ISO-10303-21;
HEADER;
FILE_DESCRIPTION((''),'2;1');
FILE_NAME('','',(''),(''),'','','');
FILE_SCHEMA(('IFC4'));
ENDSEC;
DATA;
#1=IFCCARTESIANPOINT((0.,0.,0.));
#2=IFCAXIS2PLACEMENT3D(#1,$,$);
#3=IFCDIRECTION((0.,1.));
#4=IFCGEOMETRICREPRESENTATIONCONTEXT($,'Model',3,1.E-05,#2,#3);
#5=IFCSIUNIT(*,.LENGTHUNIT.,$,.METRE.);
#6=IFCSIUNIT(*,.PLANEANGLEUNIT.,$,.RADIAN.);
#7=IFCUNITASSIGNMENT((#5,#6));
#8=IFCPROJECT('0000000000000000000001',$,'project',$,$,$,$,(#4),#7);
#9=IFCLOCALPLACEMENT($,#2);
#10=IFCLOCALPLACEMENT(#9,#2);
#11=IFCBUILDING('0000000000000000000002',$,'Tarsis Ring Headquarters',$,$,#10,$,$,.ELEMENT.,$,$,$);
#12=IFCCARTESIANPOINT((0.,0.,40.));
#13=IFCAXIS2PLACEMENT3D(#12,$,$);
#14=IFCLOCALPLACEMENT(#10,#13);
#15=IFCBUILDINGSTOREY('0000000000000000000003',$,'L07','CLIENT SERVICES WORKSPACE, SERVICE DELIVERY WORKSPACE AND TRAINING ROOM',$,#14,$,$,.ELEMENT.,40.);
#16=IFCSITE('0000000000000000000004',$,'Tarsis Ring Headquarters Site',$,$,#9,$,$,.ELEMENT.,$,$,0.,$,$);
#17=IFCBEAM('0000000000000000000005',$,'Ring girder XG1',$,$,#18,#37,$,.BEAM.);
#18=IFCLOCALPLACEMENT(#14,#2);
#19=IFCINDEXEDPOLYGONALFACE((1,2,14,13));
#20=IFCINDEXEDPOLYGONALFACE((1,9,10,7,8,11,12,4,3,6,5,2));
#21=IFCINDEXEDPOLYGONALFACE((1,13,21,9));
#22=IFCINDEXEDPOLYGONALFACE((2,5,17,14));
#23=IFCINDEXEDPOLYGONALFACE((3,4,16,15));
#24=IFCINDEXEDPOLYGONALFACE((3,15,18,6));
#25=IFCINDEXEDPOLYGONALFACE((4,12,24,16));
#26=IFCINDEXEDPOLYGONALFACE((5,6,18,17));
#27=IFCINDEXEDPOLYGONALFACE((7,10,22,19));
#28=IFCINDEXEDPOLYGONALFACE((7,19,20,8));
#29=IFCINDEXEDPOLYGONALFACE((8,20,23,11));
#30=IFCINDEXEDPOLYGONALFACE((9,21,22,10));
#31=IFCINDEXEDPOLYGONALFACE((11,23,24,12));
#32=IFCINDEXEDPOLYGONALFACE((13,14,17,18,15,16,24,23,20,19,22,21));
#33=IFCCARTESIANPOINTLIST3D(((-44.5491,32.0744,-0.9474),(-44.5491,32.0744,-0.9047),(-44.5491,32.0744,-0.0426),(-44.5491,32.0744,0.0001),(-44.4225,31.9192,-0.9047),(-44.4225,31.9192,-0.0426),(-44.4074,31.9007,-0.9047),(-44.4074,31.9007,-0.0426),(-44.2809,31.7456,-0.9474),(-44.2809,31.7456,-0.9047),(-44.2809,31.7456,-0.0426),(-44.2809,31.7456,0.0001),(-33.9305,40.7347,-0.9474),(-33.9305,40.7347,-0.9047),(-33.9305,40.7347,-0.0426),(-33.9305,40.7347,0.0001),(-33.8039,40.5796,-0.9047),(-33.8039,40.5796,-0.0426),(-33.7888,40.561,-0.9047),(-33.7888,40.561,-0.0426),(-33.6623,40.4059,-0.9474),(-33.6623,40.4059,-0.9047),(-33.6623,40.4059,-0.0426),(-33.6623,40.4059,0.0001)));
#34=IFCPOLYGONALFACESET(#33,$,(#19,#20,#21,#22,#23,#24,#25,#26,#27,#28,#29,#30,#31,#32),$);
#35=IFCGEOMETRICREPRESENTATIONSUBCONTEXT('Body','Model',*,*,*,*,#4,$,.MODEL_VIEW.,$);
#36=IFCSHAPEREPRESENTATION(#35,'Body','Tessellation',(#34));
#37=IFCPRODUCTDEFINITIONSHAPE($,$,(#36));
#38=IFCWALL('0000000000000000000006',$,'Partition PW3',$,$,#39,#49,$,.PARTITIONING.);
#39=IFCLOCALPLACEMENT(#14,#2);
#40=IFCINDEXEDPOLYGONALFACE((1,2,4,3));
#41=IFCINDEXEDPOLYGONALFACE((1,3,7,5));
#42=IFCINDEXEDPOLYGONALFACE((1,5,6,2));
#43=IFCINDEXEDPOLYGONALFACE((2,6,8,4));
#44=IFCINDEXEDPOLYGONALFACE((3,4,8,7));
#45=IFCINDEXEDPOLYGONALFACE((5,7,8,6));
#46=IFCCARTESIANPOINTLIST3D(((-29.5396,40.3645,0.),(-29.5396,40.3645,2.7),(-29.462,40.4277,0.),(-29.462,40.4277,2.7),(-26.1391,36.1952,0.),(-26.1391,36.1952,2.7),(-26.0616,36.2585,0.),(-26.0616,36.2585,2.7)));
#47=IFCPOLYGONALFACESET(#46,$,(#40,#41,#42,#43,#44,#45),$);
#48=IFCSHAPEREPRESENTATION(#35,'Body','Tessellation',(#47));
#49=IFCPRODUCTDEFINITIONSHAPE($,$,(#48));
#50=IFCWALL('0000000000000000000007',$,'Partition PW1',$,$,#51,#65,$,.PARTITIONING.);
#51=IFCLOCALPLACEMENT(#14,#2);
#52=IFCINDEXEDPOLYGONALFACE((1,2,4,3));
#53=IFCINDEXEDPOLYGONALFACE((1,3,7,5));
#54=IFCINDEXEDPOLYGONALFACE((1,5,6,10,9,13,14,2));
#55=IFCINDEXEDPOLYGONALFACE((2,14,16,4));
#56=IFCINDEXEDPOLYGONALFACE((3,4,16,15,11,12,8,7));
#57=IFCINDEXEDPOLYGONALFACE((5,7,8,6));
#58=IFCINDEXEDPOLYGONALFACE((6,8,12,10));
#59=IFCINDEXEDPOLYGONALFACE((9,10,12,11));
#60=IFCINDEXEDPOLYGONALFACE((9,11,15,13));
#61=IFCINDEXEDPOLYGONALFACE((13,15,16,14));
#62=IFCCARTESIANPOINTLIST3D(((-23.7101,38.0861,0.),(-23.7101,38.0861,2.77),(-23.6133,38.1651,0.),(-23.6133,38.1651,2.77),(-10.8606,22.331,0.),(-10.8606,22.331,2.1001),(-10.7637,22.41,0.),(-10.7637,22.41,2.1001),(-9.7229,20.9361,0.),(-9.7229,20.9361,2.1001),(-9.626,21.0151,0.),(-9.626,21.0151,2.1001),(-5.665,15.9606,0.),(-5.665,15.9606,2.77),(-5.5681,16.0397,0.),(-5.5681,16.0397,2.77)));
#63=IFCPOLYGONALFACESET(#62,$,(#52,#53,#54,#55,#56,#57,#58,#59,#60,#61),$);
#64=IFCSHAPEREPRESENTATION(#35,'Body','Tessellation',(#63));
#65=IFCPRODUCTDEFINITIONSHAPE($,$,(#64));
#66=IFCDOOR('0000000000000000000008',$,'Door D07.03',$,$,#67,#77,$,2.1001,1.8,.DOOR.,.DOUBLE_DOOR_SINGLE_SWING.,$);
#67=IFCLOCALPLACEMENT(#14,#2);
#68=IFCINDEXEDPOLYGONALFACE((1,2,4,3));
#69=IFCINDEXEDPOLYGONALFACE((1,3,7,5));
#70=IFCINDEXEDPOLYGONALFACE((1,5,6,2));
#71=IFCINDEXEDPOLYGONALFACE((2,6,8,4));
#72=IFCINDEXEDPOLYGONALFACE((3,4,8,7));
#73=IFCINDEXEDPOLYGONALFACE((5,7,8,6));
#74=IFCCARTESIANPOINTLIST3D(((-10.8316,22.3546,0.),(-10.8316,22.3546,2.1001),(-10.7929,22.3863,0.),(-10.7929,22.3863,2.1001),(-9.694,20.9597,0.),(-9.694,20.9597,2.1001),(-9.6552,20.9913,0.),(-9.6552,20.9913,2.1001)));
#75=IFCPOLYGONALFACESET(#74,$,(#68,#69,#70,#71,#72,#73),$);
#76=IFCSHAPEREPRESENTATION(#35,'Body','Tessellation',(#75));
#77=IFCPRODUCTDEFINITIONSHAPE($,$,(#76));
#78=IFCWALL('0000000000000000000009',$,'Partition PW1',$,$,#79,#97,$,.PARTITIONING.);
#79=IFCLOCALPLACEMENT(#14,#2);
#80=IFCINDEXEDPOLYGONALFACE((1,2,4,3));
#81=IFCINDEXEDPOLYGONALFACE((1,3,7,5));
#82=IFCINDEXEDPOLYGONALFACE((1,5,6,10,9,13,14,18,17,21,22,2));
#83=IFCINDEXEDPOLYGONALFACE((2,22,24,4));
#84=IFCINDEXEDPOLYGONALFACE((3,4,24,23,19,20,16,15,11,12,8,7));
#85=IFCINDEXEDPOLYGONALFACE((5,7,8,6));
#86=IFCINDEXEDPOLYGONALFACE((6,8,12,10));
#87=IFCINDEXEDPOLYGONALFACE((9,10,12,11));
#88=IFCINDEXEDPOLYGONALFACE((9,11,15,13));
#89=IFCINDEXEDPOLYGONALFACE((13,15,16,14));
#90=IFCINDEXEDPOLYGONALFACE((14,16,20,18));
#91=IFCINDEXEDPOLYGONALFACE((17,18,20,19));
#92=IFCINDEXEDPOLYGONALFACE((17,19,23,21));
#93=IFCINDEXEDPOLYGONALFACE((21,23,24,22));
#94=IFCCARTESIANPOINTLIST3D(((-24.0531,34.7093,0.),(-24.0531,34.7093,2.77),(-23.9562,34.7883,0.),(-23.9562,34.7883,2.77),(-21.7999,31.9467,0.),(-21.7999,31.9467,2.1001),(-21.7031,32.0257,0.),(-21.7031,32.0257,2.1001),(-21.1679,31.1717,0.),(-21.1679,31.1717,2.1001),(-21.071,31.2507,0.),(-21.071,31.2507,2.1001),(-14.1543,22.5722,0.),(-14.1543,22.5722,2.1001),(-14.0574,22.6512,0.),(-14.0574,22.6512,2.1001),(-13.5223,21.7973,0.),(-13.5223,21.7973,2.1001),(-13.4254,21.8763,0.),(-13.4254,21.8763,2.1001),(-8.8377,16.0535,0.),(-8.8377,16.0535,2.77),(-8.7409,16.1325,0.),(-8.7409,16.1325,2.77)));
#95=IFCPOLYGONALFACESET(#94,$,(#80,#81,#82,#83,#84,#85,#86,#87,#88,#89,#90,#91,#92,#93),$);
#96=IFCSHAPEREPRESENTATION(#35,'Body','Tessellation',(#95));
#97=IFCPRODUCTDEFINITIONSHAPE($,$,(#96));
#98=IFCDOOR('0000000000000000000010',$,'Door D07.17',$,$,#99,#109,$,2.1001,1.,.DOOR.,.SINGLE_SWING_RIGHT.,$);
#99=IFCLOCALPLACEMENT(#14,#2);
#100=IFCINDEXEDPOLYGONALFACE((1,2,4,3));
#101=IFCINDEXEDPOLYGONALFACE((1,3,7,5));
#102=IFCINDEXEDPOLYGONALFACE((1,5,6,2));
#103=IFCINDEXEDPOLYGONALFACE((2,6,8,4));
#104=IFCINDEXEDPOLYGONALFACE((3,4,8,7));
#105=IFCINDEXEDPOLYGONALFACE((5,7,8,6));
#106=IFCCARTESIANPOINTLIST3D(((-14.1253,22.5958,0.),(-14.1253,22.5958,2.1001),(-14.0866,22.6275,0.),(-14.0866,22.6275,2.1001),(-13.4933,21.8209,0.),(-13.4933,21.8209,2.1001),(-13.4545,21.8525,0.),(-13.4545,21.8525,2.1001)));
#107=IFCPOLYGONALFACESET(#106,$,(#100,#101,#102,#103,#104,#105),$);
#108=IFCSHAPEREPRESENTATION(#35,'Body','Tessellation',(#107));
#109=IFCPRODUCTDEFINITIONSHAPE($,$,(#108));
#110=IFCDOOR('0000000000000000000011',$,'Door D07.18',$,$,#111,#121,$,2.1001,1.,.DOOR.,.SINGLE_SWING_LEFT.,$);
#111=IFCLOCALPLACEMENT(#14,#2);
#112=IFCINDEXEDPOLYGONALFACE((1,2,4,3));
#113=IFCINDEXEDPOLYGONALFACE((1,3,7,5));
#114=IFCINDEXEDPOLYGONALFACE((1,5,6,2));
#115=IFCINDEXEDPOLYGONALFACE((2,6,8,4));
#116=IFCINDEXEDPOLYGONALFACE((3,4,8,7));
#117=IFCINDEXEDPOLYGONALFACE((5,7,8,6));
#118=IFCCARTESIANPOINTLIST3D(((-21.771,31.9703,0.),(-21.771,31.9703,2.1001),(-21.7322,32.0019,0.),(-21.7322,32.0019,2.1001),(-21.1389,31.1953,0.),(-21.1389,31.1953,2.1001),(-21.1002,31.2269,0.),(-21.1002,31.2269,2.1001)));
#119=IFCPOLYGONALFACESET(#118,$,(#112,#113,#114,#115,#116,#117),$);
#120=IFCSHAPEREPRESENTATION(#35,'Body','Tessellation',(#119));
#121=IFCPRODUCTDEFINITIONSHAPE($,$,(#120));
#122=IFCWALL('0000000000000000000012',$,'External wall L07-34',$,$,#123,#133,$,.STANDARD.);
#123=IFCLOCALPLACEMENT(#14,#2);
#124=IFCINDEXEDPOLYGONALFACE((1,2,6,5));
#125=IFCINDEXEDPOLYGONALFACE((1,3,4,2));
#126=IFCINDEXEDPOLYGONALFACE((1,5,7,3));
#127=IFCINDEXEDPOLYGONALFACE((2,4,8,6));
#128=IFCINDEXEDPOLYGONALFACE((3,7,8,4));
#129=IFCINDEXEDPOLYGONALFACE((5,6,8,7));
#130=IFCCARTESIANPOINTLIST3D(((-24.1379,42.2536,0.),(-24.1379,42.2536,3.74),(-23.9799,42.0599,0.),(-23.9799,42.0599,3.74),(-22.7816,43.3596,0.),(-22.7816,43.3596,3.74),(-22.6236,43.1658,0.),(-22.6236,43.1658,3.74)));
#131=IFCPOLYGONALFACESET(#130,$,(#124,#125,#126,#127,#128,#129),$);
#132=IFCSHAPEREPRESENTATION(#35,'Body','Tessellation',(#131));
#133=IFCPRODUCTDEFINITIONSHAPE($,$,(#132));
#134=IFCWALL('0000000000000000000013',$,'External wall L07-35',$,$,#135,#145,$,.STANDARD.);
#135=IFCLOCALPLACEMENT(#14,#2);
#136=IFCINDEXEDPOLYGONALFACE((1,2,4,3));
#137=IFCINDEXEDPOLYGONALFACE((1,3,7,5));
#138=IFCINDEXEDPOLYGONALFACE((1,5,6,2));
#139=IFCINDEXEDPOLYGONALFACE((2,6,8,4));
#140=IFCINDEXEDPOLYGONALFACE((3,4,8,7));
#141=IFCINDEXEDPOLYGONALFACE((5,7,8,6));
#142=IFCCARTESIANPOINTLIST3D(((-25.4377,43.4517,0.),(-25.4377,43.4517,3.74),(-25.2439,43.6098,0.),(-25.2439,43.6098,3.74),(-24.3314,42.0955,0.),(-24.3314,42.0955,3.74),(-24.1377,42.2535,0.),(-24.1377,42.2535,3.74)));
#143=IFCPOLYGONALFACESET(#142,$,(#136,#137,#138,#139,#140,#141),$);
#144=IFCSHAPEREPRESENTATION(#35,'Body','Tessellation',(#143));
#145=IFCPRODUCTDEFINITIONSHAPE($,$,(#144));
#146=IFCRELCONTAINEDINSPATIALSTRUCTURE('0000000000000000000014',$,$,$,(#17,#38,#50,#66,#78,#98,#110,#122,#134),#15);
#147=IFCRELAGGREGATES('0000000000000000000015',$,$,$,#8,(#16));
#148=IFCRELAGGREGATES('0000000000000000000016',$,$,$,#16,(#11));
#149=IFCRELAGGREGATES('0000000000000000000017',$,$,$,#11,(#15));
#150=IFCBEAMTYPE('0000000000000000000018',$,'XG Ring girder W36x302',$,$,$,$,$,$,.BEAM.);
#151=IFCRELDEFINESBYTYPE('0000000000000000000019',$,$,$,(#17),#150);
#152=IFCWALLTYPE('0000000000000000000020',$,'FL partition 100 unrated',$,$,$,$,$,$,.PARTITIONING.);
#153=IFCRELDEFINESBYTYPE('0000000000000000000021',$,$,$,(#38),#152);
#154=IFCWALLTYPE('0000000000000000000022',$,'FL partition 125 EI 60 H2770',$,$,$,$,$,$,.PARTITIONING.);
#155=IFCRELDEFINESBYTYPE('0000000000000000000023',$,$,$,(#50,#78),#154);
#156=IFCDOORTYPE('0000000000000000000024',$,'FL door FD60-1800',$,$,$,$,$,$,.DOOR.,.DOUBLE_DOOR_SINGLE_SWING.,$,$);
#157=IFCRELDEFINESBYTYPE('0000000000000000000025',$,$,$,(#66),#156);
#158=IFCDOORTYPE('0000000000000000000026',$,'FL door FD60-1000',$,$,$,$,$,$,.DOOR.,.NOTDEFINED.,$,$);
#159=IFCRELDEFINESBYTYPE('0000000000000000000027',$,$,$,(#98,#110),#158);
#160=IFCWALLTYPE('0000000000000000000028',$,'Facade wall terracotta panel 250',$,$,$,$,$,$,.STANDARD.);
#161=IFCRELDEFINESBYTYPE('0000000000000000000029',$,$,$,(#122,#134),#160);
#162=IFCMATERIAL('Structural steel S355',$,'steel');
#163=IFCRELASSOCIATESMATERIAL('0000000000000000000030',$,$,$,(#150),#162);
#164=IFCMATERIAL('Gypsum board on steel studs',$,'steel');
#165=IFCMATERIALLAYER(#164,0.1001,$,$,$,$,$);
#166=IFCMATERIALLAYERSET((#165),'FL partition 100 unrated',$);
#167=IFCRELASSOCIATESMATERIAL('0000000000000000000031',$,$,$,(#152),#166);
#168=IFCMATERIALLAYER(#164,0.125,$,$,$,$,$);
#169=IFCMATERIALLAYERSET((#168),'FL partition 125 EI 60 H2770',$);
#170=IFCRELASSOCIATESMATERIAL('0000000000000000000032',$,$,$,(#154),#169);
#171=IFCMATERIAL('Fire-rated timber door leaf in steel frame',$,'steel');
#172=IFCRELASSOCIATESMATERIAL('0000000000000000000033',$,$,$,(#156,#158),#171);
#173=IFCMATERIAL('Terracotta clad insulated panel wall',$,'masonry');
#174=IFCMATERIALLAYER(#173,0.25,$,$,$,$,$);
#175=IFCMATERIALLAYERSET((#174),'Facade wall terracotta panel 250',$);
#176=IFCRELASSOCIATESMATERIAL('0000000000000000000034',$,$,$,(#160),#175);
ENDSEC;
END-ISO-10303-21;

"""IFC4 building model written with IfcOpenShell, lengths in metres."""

from ifc_helpers import new_model, si_unit, direction, frame, frame_2d, origin, origin_2d, place, context, subcontext, project, spatial, rectangle, i_section, extrude, material, layer, layer_set, material_profile, profile_set, type_object, element, fill, save


model = new_model("IFC4")

# Units and contexts
model_context = context("Model", 3, precision=1e-05, world=origin(), true_north=direction((0.0, 1.0)))
body_context = subcontext(model_context, "Body", "Model", "MODEL_VIEW")
ifc_project = project(units=[si_unit("LENGTHUNIT", "METRE"), si_unit("PLANEANGLEUNIT", "RADIAN")], contexts=[model_context])

# Site, building, storey
site_placement = place(None, origin())
site = spatial("IfcSite", under=ifc_project, at=site_placement, Name="Tarsis Ring Headquarters Site", CompositionType="ELEMENT", RefElevation=0.0)
building_placement = place(site_placement, origin())
building = spatial("IfcBuilding", under=site, at=building_placement, Name="Tarsis Ring Headquarters", CompositionType="ELEMENT")
storey_placement = place(building_placement, frame((0.0, 0.0, 40.0)))
storey = spatial("IfcBuildingStorey", under=building, at=storey_placement, Name="L07", Description="CLIENT SERVICES WORKSPACE, SERVICE DELIVERY WORKSPACE AND TRAINING ROOM", CompositionType="ELEMENT", Elevation=40.0)

# Shared definitions
ifc_material_1 = material(Name="Structural steel S355", Category="steel")

# Beam
ifc_material_profile_1 = material_profile(ifc_material_1, i_section(OverallWidth=0.4243, OverallDepth=0.9475, WebThickness=0.0239, FlangeThickness=0.0427, at=origin_2d()), Name="W36x302")
ifc_profile_set_1 = profile_set([ifc_material_profile_1], Name="Structural steel S355")
beam_type = type_object("IfcBeamType", Name="XG Ring girder W36x302", PredefinedType="BEAM", material=ifc_profile_set_1)
beam_1_placement = place(storey_placement, frame((-33.7964, 40.5703, -0.4736), z_axis=(-0.774943, -0.632031, 0.0), x_axis=(0.632031, -0.774943, 0.0)))
element("IfcBeam", 1, at=beam_1_placement, inside=storey, type_object=beam_type, Name="Ring girder XG1", PredefinedType="BEAM", context=body_context, shape_type="SweptSolid", body=[
    extrude(i_section(OverallWidth=0.4243, OverallDepth=0.9475, WebThickness=0.0239, FlangeThickness=0.0427, at=origin_2d()), origin(), (0.0, 0.0, 1.0), 13.7024),
])

# Wall
ifc_material_2 = material(Name="Gypsum board on steel studs", Category="steel")
ifc_layer_1 = layer(ifc_material_2, 0.1001)
ifc_layer_set_1 = layer_set([ifc_layer_1], Name="FL partition 100 unrated")
wall_type_1 = type_object("IfcWallType", Name="FL partition 100 unrated", PredefinedType="PARTITIONING", material=ifc_layer_set_1)
wall_1_placement = place(storey_placement, frame((-29.5007, 40.396, 0.0), z_axis=(0.0, 0.0, 1.0), x_axis=(0.632039, -0.774937, 0.0)))
element("IfcWall", 2, at=wall_1_placement, inside=storey, type_object=wall_type_1, Name="Partition PW3", PredefinedType="PARTITIONING", context=body_context, shape_type="SweptSolid", body=[
    extrude(rectangle(XDim=5.3801, YDim=0.1001, at=frame_2d((2.6899, 0.0))), origin(), (0.0, 0.0, 1.0), 2.7),
])

# Wall, opening, door
ifc_layer_2 = layer(ifc_material_2, 0.125)
ifc_layer_set_2 = layer_set([ifc_layer_2], Name="FL partition 125 EI 60 H2770")
wall_type_2 = type_object("IfcWallType", Name="FL partition 125 EI 60 H2770", PredefinedType="PARTITIONING", material=ifc_layer_set_2)
wall_2_placement = place(storey_placement, frame((-23.6616, 38.1255, 0.0), z_axis=(0.0, 0.0, 1.0), x_axis=(0.632031, -0.774943, 0.0)))
wall_2 = element("IfcWall", 3, at=wall_2_placement, inside=storey, type_object=wall_type_2, Name="Partition PW1", PredefinedType="PARTITIONING", context=body_context, shape_type="SweptSolid", body=[
    extrude(rectangle(XDim=28.551, YDim=0.125, at=frame_2d((14.2754, 0.0))), origin(), (0.0, 0.0, 1.0), 2.77),
])
opening_1_placement = place(wall_2_placement, frame((20.3306, 0.0, 0.0)))
opening_1 = element("IfcOpeningElement", 4, at=opening_1_placement, cuts=wall_2, PredefinedType="OPENING", context=body_context, shape_type="SweptSolid", body=[
    extrude(rectangle(XDim=1.8, YDim=2.1001, at=frame_2d((0.8999, 1.05))), frame((0.0, 0.0725, 0.0), z_axis=(0.0, -1.0, 0.0), x_axis=(1.0, 0.0, 0.0)), (0.0, 0.0, 1.0), 0.145),
])
ifc_material_3 = material(Name="Fire-rated timber door leaf in steel frame", Category="steel")
door_type_1 = type_object("IfcDoorType", Name="FL door FD60-1800", OperationType="DOUBLE_DOOR_SINGLE_SWING", PredefinedType="DOOR", material=ifc_material_3)
door_1_placement = place(opening_1_placement, origin())
door_1 = element("IfcDoor", 5, at=door_1_placement, inside=storey, type_object=door_type_1, Name="Door D07.03", OperationType="DOUBLE_DOOR_SINGLE_SWING", OverallHeight=2.1001, OverallWidth=1.8, PredefinedType="DOOR", context=body_context, shape_type="SweptSolid", body=[
    extrude(rectangle(XDim=1.8, YDim=2.1001, at=frame_2d((0.8999, 1.05))), frame((0.0, 0.0249, 0.0), z_axis=(0.0, -1.0, 0.0), x_axis=(1.0, 0.0, 0.0)), (0.0, 0.0, 1.0), 0.05),
])
fill(opening_1, door_1)

# Wall, openings, doors
wall_3_placement = place(storey_placement, frame((-24.0046, 34.7488, 0.0), z_axis=(0.0, 0.0, 1.0), x_axis=(0.632031, -0.774943, 0.0)))
wall_3 = element("IfcWall", 6, at=wall_3_placement, inside=storey, type_object=wall_type_2, Name="Partition PW1", PredefinedType="PARTITIONING", context=body_context, shape_type="SweptSolid", body=[
    extrude(rectangle(XDim=24.0737, YDim=0.125, at=frame_2d((12.0369, 0.0))), origin(), (0.0, 0.0, 1.0), 2.77),
])
opening_2_placement = place(wall_3_placement, frame((15.6619, 0.0, 0.0)))
opening_2 = element("IfcOpeningElement", 7, at=opening_2_placement, cuts=wall_3, PredefinedType="OPENING", context=body_context, shape_type="SweptSolid", body=[
    extrude(rectangle(XDim=1.0, YDim=2.1001, at=frame_2d((0.5, 1.05))), frame((0.0, 0.0725, 0.0), z_axis=(0.0, -1.0, 0.0), x_axis=(1.0, 0.0, 0.0)), (0.0, 0.0, 1.0), 0.145),
])
opening_3_placement = place(wall_3_placement, frame((3.5649, 0.0, 0.0)))
opening_3 = element("IfcOpeningElement", 8, at=opening_3_placement, cuts=wall_3, PredefinedType="OPENING", context=body_context, shape_type="SweptSolid", body=[
    extrude(rectangle(XDim=1.0, YDim=2.1001, at=frame_2d((0.5, 1.05))), frame((0.0, 0.0725, 0.0), z_axis=(0.0, -1.0, 0.0), x_axis=(1.0, 0.0, 0.0)), (0.0, 0.0, 1.0), 0.145),
])
door_type_2 = type_object("IfcDoorType", Name="FL door FD60-1000", OperationType="NOTDEFINED", PredefinedType="DOOR", material=ifc_material_3)
door_2_placement = place(opening_2_placement, origin())
door_2 = element("IfcDoor", 9, at=door_2_placement, inside=storey, type_object=door_type_2, Name="Door D07.17", OperationType="SINGLE_SWING_RIGHT", OverallHeight=2.1001, OverallWidth=1.0, PredefinedType="DOOR", context=body_context, shape_type="SweptSolid", body=[
    extrude(rectangle(XDim=1.0, YDim=2.1001, at=frame_2d((0.5, 1.05))), frame((0.0, 0.0249, 0.0), z_axis=(0.0, -1.0, 0.0), x_axis=(1.0, 0.0, 0.0)), (0.0, 0.0, 1.0), 0.05),
])
fill(opening_2, door_2)
door_3_placement = place(opening_3_placement, origin())
door_3 = element("IfcDoor", 10, at=door_3_placement, inside=storey, type_object=door_type_2, Name="Door D07.18", OperationType="SINGLE_SWING_LEFT", OverallHeight=2.1001, OverallWidth=1.0, PredefinedType="DOOR", context=body_context, shape_type="SweptSolid", body=[
    extrude(rectangle(XDim=1.0, YDim=2.1001, at=frame_2d((0.5, 1.05))), frame((0.0, 0.0249, 0.0), z_axis=(0.0, -1.0, 0.0), x_axis=(1.0, 0.0, 0.0)), (0.0, 0.0, 1.0), 0.05),
])
fill(opening_3, door_3)

# Walls
ifc_material_4 = material(Name="Terracotta clad insulated panel wall", Category="masonry")
ifc_layer_3 = layer(ifc_material_4, 0.25)
ifc_layer_set_3 = layer_set([ifc_layer_3], Name="Facade wall terracotta panel 250")
wall_type_3 = type_object("IfcWallType", Name="Facade wall terracotta panel 250", PredefinedType="STANDARD", material=ifc_layer_set_3)
wall_4_placement = place(storey_placement, frame((-22.7026, 43.2627, 0.0), z_axis=(0.0, 0.0, 1.0), x_axis=(-0.774982, -0.631983, 0.0)))
element("IfcWall", 11, at=wall_4_placement, inside=storey, type_object=wall_type_3, Name="External wall L07-34", PredefinedType="STANDARD", context=body_context, shape_type="SweptSolid", body=[
    extrude(rectangle(XDim=1.75, YDim=0.25, at=frame_2d((0.875, 0.0))), origin(), (0.0, 0.0, 1.0), 3.74),
])
wall_5_placement = place(storey_placement, frame((-24.2346, 42.1746, 0.0), z_axis=(0.0, 0.0, 1.0), x_axis=(-0.632067, 0.774914, 0.0)))
element("IfcWall", 12, at=wall_5_placement, inside=storey, type_object=wall_type_3, Name="External wall L07-35", PredefinedType="STANDARD", context=body_context, shape_type="SweptSolid", body=[
    extrude(rectangle(XDim=1.7502, YDim=0.25, at=frame_2d((0.875, 0.0))), origin(), (0.0, 0.0, 1.0), 3.74),
])

save(model, "model.ifc")
